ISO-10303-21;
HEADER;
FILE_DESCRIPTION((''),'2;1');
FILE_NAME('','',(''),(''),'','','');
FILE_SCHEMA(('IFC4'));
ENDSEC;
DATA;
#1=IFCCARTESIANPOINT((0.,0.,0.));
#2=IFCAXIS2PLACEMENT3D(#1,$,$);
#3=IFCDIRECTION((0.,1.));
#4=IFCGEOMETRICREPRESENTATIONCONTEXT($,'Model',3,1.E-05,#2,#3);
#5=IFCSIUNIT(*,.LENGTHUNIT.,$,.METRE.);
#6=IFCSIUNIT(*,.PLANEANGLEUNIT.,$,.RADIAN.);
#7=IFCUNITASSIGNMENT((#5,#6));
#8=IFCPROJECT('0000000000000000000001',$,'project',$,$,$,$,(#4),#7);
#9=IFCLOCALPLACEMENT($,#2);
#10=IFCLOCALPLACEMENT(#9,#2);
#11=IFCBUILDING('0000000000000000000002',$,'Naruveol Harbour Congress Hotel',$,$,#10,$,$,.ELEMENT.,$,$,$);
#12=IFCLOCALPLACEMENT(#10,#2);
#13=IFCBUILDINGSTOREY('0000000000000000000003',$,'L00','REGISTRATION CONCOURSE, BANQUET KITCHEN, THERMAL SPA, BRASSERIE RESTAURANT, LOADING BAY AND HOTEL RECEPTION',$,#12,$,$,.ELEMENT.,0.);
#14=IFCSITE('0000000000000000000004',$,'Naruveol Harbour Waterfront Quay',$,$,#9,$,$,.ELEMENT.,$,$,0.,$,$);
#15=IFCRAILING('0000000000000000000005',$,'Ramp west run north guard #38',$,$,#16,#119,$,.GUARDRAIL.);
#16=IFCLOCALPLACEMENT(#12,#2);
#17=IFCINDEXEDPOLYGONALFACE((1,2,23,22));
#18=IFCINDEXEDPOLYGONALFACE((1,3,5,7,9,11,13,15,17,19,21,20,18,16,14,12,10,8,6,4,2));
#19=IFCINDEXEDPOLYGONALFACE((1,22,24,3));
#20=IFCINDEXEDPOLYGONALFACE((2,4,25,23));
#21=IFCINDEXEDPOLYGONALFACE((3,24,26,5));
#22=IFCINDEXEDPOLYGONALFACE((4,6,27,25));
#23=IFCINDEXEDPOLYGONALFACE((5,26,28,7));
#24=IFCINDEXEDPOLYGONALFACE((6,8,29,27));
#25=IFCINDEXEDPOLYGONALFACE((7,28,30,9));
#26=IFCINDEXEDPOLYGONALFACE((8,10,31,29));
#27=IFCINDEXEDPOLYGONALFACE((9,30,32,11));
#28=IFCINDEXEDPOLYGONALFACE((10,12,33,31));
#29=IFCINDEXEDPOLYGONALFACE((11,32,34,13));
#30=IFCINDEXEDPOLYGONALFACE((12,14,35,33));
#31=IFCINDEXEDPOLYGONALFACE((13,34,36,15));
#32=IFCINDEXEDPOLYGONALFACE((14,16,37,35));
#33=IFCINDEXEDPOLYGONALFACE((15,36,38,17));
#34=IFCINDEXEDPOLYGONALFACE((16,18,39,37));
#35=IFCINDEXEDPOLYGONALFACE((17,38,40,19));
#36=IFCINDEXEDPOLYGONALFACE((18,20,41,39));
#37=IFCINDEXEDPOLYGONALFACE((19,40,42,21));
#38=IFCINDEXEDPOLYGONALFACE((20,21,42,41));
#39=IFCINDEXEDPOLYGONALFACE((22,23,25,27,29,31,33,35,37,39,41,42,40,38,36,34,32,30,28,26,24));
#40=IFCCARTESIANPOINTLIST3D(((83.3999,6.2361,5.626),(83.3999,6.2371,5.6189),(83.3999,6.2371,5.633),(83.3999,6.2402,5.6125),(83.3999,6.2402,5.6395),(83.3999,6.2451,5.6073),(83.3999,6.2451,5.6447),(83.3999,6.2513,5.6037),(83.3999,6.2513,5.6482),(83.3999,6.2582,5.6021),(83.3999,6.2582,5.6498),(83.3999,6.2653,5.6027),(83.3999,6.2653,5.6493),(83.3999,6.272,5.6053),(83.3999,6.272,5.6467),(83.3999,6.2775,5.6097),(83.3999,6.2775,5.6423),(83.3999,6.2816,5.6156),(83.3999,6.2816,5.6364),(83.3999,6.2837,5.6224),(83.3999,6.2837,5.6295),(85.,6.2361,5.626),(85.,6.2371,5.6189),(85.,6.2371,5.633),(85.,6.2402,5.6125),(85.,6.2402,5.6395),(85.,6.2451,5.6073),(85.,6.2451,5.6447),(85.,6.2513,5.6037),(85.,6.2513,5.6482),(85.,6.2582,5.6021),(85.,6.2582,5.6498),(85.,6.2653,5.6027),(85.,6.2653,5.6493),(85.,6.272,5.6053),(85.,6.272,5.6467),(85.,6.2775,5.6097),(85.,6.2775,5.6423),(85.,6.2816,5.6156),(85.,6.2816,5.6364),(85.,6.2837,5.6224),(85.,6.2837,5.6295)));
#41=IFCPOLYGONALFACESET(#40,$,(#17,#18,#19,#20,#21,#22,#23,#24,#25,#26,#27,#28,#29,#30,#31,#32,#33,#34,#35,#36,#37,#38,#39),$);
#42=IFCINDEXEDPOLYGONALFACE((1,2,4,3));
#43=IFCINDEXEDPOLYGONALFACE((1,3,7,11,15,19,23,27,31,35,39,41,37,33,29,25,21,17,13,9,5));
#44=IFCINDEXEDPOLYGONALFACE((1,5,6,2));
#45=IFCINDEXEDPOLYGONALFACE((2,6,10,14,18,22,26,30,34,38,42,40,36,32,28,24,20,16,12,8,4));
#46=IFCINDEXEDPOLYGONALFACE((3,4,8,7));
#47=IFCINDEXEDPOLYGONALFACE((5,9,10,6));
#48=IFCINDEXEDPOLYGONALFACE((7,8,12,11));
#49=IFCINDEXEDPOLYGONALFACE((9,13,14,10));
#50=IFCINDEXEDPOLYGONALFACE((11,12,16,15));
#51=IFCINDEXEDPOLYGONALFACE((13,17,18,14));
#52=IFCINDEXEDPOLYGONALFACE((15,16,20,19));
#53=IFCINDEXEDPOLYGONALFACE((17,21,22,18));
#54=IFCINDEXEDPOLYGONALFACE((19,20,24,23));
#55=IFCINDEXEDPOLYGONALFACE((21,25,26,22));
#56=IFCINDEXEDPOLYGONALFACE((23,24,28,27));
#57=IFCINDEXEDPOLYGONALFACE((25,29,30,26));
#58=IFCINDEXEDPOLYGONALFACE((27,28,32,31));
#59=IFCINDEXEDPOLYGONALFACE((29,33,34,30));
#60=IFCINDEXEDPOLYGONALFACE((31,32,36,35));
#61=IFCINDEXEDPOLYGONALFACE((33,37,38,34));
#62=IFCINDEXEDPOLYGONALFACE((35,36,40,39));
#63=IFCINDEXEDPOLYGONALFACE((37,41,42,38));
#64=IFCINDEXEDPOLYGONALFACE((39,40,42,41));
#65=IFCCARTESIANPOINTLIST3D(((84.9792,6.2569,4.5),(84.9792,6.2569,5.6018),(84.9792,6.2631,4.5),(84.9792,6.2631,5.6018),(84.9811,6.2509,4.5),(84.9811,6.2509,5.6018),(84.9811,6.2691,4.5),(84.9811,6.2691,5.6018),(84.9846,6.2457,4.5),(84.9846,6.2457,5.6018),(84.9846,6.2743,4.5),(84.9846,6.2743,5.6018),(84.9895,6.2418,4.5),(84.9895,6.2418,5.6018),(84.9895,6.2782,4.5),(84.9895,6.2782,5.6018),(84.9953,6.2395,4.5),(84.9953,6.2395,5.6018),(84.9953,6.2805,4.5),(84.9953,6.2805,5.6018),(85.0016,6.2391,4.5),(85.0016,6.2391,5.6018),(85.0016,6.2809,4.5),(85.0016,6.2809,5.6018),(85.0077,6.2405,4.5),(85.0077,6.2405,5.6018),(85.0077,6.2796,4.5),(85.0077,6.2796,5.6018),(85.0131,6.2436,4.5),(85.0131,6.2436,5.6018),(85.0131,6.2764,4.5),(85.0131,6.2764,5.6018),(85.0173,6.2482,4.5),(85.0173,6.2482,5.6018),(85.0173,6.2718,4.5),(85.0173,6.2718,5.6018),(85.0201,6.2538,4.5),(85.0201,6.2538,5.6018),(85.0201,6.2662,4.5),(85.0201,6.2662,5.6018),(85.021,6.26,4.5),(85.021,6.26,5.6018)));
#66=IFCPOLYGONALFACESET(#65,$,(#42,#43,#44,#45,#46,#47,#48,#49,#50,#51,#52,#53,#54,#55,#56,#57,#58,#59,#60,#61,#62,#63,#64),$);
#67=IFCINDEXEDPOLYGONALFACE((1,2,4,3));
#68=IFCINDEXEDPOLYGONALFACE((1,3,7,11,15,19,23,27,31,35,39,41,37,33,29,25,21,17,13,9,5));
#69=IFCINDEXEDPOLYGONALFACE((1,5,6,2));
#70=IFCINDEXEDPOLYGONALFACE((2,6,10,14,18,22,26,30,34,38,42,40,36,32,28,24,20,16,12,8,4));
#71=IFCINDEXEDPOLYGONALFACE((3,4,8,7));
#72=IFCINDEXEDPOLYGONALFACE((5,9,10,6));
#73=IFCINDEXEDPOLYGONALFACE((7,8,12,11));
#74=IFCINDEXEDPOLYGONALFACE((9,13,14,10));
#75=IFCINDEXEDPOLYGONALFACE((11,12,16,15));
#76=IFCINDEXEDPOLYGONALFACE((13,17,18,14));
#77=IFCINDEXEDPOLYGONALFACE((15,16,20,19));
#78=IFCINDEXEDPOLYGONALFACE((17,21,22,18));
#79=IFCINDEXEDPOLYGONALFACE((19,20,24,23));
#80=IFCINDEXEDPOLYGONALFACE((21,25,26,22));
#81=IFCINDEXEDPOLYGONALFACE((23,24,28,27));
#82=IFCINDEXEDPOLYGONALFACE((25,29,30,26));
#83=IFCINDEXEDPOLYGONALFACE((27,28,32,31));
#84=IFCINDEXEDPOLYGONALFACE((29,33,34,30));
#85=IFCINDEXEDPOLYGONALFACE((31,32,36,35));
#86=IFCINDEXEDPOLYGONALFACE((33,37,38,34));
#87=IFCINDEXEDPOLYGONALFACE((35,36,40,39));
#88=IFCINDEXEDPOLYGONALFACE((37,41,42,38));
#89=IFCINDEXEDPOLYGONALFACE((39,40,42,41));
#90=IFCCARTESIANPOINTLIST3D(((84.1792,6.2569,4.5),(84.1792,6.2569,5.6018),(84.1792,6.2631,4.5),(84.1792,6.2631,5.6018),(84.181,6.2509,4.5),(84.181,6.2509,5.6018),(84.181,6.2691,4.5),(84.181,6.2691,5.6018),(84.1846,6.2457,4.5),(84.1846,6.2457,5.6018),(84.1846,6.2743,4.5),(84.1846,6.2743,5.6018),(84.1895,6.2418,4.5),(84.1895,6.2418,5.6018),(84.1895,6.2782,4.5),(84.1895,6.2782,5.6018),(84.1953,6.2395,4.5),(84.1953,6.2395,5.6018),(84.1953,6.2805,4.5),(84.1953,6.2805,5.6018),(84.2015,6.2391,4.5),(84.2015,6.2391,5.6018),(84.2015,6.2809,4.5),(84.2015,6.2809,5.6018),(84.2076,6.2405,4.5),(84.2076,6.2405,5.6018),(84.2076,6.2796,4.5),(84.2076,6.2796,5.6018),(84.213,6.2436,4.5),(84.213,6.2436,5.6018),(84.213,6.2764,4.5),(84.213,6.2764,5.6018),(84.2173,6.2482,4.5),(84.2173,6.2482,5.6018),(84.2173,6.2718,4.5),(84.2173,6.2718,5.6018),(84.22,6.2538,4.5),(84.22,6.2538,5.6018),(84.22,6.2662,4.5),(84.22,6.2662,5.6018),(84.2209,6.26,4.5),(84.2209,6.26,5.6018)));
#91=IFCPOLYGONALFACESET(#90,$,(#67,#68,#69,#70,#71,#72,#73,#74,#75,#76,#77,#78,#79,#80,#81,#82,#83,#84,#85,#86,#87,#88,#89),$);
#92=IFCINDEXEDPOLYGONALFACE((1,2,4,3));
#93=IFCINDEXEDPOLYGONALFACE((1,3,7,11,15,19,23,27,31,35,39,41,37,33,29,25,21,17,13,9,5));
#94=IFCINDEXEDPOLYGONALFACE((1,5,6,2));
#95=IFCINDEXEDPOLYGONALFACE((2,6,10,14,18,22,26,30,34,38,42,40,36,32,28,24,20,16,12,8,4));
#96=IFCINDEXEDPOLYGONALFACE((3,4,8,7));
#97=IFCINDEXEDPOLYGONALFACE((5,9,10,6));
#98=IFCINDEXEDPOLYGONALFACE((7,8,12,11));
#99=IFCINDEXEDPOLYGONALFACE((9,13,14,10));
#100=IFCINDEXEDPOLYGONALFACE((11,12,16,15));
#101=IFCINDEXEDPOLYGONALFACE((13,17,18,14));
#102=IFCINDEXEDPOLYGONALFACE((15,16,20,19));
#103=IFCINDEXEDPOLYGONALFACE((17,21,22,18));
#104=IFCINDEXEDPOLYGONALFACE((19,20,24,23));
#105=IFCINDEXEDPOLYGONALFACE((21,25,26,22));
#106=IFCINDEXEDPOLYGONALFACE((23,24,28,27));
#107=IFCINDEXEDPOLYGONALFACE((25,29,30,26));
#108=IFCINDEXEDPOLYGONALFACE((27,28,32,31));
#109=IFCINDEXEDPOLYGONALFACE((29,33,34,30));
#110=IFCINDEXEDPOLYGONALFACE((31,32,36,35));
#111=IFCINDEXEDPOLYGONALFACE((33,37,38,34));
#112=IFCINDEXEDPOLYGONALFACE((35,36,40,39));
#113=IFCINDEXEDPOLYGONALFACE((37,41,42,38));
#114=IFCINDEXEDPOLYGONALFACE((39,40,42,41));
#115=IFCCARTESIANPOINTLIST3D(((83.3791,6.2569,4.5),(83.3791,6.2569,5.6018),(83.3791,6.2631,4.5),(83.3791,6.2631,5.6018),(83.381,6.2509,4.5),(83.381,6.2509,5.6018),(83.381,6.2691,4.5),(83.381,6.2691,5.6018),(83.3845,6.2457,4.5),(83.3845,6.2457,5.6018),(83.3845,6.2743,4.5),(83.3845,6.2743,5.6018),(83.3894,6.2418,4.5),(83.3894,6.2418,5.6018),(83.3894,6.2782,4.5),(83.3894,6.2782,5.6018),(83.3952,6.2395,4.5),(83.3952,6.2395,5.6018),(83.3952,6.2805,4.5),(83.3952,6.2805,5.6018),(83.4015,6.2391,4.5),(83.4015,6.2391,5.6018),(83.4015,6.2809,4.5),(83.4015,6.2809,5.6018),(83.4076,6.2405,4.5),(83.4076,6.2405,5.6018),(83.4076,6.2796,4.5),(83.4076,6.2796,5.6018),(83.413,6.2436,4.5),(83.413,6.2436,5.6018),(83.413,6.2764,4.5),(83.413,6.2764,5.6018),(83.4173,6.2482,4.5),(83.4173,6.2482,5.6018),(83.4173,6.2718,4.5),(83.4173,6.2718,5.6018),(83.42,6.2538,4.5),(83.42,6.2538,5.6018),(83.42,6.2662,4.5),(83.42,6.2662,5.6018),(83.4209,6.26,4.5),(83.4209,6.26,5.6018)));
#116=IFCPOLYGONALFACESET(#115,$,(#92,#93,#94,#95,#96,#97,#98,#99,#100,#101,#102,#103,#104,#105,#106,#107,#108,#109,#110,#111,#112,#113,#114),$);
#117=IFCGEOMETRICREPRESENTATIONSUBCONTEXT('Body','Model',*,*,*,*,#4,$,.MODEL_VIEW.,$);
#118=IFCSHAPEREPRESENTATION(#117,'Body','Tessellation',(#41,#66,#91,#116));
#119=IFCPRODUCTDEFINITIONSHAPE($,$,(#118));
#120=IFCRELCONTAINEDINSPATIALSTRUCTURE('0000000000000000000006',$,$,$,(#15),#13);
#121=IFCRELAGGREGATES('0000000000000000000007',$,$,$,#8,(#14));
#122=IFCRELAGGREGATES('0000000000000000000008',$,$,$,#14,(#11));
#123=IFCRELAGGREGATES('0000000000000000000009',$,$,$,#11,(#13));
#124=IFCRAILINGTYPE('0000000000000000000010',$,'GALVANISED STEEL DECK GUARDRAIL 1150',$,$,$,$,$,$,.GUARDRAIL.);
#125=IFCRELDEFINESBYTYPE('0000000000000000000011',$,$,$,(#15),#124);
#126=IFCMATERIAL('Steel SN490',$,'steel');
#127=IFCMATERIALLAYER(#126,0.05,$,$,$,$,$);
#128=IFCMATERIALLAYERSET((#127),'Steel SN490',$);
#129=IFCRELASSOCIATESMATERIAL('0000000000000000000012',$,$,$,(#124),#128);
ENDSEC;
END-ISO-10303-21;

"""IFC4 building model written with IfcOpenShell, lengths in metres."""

from ifc_helpers import new_model, si_unit, direction, frame, origin, origin_2d, place, context, subcontext, project, spatial, circle, extrude, material, layer, layer_set, type_object, element, save


model = new_model("IFC4")

# Units and contexts
model_context = context("Model", 3, precision=1e-05, world=origin(), true_north=direction((0.0, 1.0)))
body_context = subcontext(model_context, "Body", "Model", "MODEL_VIEW")
ifc_project = project(units=[si_unit("LENGTHUNIT", "METRE"), si_unit("PLANEANGLEUNIT", "RADIAN")], contexts=[model_context])

# Site, building, storey
site_placement = place(None, origin())
site = spatial("IfcSite", under=ifc_project, at=site_placement, Name="Naruveol Harbour Waterfront Quay", CompositionType="ELEMENT", RefElevation=0.0)
building_placement = place(site_placement, origin())
building = spatial("IfcBuilding", under=site, at=building_placement, Name="Naruveol Harbour Congress Hotel", CompositionType="ELEMENT")
storey_placement = place(building_placement, origin())
storey = spatial("IfcBuildingStorey", under=building, at=storey_placement, Name="L00", Description="REGISTRATION CONCOURSE, BANQUET KITCHEN, THERMAL SPA, BRASSERIE RESTAURANT, LOADING BAY AND HOTEL RECEPTION", CompositionType="ELEMENT", Elevation=0.0)

# Railing
ifc_material_1 = material(Name="Steel SN490", Category="steel")
ifc_layer_1 = layer(ifc_material_1, 0.05)
ifc_layer_set_1 = layer_set([ifc_layer_1], Name="Steel SN490")
railing_type = type_object("IfcRailingType", Name="GALVANISED STEEL DECK GUARDRAIL 1150", PredefinedType="GUARDRAIL", material=ifc_layer_set_1)
railing_1_placement = place(storey_placement, frame((85.0, 6.26, 4.5)))
element("IfcRailing", 1, at=railing_1_placement, inside=storey, type_object=railing_type, Name="Ramp west run north guard #38", PredefinedType="GUARDRAIL", context=body_context, shape_type="SweptSolid", body=[
    extrude(circle(Radius=0.0239, at=origin_2d()), frame((0.0, 0.0, 1.126), z_axis=(-1.0, 0.0, 0.0), x_axis=(0.0, -1.0, 0.0)), (0.0, 0.0, 1.0), 1.6001),
    extrude(circle(Radius=0.021, at=origin_2d()), origin(), (0.0, 0.0, 1.0), 1.1018),
    extrude(circle(Radius=0.021, at=origin_2d()), frame((-0.8, 0.0, 0.0)), (0.0, 0.0, 1.0), 1.1018),
    extrude(circle(Radius=0.021, at=origin_2d()), frame((-1.6001, 0.0, 0.0)), (0.0, 0.0, 1.0), 1.1018),
])

save(model, "model.ifc")
